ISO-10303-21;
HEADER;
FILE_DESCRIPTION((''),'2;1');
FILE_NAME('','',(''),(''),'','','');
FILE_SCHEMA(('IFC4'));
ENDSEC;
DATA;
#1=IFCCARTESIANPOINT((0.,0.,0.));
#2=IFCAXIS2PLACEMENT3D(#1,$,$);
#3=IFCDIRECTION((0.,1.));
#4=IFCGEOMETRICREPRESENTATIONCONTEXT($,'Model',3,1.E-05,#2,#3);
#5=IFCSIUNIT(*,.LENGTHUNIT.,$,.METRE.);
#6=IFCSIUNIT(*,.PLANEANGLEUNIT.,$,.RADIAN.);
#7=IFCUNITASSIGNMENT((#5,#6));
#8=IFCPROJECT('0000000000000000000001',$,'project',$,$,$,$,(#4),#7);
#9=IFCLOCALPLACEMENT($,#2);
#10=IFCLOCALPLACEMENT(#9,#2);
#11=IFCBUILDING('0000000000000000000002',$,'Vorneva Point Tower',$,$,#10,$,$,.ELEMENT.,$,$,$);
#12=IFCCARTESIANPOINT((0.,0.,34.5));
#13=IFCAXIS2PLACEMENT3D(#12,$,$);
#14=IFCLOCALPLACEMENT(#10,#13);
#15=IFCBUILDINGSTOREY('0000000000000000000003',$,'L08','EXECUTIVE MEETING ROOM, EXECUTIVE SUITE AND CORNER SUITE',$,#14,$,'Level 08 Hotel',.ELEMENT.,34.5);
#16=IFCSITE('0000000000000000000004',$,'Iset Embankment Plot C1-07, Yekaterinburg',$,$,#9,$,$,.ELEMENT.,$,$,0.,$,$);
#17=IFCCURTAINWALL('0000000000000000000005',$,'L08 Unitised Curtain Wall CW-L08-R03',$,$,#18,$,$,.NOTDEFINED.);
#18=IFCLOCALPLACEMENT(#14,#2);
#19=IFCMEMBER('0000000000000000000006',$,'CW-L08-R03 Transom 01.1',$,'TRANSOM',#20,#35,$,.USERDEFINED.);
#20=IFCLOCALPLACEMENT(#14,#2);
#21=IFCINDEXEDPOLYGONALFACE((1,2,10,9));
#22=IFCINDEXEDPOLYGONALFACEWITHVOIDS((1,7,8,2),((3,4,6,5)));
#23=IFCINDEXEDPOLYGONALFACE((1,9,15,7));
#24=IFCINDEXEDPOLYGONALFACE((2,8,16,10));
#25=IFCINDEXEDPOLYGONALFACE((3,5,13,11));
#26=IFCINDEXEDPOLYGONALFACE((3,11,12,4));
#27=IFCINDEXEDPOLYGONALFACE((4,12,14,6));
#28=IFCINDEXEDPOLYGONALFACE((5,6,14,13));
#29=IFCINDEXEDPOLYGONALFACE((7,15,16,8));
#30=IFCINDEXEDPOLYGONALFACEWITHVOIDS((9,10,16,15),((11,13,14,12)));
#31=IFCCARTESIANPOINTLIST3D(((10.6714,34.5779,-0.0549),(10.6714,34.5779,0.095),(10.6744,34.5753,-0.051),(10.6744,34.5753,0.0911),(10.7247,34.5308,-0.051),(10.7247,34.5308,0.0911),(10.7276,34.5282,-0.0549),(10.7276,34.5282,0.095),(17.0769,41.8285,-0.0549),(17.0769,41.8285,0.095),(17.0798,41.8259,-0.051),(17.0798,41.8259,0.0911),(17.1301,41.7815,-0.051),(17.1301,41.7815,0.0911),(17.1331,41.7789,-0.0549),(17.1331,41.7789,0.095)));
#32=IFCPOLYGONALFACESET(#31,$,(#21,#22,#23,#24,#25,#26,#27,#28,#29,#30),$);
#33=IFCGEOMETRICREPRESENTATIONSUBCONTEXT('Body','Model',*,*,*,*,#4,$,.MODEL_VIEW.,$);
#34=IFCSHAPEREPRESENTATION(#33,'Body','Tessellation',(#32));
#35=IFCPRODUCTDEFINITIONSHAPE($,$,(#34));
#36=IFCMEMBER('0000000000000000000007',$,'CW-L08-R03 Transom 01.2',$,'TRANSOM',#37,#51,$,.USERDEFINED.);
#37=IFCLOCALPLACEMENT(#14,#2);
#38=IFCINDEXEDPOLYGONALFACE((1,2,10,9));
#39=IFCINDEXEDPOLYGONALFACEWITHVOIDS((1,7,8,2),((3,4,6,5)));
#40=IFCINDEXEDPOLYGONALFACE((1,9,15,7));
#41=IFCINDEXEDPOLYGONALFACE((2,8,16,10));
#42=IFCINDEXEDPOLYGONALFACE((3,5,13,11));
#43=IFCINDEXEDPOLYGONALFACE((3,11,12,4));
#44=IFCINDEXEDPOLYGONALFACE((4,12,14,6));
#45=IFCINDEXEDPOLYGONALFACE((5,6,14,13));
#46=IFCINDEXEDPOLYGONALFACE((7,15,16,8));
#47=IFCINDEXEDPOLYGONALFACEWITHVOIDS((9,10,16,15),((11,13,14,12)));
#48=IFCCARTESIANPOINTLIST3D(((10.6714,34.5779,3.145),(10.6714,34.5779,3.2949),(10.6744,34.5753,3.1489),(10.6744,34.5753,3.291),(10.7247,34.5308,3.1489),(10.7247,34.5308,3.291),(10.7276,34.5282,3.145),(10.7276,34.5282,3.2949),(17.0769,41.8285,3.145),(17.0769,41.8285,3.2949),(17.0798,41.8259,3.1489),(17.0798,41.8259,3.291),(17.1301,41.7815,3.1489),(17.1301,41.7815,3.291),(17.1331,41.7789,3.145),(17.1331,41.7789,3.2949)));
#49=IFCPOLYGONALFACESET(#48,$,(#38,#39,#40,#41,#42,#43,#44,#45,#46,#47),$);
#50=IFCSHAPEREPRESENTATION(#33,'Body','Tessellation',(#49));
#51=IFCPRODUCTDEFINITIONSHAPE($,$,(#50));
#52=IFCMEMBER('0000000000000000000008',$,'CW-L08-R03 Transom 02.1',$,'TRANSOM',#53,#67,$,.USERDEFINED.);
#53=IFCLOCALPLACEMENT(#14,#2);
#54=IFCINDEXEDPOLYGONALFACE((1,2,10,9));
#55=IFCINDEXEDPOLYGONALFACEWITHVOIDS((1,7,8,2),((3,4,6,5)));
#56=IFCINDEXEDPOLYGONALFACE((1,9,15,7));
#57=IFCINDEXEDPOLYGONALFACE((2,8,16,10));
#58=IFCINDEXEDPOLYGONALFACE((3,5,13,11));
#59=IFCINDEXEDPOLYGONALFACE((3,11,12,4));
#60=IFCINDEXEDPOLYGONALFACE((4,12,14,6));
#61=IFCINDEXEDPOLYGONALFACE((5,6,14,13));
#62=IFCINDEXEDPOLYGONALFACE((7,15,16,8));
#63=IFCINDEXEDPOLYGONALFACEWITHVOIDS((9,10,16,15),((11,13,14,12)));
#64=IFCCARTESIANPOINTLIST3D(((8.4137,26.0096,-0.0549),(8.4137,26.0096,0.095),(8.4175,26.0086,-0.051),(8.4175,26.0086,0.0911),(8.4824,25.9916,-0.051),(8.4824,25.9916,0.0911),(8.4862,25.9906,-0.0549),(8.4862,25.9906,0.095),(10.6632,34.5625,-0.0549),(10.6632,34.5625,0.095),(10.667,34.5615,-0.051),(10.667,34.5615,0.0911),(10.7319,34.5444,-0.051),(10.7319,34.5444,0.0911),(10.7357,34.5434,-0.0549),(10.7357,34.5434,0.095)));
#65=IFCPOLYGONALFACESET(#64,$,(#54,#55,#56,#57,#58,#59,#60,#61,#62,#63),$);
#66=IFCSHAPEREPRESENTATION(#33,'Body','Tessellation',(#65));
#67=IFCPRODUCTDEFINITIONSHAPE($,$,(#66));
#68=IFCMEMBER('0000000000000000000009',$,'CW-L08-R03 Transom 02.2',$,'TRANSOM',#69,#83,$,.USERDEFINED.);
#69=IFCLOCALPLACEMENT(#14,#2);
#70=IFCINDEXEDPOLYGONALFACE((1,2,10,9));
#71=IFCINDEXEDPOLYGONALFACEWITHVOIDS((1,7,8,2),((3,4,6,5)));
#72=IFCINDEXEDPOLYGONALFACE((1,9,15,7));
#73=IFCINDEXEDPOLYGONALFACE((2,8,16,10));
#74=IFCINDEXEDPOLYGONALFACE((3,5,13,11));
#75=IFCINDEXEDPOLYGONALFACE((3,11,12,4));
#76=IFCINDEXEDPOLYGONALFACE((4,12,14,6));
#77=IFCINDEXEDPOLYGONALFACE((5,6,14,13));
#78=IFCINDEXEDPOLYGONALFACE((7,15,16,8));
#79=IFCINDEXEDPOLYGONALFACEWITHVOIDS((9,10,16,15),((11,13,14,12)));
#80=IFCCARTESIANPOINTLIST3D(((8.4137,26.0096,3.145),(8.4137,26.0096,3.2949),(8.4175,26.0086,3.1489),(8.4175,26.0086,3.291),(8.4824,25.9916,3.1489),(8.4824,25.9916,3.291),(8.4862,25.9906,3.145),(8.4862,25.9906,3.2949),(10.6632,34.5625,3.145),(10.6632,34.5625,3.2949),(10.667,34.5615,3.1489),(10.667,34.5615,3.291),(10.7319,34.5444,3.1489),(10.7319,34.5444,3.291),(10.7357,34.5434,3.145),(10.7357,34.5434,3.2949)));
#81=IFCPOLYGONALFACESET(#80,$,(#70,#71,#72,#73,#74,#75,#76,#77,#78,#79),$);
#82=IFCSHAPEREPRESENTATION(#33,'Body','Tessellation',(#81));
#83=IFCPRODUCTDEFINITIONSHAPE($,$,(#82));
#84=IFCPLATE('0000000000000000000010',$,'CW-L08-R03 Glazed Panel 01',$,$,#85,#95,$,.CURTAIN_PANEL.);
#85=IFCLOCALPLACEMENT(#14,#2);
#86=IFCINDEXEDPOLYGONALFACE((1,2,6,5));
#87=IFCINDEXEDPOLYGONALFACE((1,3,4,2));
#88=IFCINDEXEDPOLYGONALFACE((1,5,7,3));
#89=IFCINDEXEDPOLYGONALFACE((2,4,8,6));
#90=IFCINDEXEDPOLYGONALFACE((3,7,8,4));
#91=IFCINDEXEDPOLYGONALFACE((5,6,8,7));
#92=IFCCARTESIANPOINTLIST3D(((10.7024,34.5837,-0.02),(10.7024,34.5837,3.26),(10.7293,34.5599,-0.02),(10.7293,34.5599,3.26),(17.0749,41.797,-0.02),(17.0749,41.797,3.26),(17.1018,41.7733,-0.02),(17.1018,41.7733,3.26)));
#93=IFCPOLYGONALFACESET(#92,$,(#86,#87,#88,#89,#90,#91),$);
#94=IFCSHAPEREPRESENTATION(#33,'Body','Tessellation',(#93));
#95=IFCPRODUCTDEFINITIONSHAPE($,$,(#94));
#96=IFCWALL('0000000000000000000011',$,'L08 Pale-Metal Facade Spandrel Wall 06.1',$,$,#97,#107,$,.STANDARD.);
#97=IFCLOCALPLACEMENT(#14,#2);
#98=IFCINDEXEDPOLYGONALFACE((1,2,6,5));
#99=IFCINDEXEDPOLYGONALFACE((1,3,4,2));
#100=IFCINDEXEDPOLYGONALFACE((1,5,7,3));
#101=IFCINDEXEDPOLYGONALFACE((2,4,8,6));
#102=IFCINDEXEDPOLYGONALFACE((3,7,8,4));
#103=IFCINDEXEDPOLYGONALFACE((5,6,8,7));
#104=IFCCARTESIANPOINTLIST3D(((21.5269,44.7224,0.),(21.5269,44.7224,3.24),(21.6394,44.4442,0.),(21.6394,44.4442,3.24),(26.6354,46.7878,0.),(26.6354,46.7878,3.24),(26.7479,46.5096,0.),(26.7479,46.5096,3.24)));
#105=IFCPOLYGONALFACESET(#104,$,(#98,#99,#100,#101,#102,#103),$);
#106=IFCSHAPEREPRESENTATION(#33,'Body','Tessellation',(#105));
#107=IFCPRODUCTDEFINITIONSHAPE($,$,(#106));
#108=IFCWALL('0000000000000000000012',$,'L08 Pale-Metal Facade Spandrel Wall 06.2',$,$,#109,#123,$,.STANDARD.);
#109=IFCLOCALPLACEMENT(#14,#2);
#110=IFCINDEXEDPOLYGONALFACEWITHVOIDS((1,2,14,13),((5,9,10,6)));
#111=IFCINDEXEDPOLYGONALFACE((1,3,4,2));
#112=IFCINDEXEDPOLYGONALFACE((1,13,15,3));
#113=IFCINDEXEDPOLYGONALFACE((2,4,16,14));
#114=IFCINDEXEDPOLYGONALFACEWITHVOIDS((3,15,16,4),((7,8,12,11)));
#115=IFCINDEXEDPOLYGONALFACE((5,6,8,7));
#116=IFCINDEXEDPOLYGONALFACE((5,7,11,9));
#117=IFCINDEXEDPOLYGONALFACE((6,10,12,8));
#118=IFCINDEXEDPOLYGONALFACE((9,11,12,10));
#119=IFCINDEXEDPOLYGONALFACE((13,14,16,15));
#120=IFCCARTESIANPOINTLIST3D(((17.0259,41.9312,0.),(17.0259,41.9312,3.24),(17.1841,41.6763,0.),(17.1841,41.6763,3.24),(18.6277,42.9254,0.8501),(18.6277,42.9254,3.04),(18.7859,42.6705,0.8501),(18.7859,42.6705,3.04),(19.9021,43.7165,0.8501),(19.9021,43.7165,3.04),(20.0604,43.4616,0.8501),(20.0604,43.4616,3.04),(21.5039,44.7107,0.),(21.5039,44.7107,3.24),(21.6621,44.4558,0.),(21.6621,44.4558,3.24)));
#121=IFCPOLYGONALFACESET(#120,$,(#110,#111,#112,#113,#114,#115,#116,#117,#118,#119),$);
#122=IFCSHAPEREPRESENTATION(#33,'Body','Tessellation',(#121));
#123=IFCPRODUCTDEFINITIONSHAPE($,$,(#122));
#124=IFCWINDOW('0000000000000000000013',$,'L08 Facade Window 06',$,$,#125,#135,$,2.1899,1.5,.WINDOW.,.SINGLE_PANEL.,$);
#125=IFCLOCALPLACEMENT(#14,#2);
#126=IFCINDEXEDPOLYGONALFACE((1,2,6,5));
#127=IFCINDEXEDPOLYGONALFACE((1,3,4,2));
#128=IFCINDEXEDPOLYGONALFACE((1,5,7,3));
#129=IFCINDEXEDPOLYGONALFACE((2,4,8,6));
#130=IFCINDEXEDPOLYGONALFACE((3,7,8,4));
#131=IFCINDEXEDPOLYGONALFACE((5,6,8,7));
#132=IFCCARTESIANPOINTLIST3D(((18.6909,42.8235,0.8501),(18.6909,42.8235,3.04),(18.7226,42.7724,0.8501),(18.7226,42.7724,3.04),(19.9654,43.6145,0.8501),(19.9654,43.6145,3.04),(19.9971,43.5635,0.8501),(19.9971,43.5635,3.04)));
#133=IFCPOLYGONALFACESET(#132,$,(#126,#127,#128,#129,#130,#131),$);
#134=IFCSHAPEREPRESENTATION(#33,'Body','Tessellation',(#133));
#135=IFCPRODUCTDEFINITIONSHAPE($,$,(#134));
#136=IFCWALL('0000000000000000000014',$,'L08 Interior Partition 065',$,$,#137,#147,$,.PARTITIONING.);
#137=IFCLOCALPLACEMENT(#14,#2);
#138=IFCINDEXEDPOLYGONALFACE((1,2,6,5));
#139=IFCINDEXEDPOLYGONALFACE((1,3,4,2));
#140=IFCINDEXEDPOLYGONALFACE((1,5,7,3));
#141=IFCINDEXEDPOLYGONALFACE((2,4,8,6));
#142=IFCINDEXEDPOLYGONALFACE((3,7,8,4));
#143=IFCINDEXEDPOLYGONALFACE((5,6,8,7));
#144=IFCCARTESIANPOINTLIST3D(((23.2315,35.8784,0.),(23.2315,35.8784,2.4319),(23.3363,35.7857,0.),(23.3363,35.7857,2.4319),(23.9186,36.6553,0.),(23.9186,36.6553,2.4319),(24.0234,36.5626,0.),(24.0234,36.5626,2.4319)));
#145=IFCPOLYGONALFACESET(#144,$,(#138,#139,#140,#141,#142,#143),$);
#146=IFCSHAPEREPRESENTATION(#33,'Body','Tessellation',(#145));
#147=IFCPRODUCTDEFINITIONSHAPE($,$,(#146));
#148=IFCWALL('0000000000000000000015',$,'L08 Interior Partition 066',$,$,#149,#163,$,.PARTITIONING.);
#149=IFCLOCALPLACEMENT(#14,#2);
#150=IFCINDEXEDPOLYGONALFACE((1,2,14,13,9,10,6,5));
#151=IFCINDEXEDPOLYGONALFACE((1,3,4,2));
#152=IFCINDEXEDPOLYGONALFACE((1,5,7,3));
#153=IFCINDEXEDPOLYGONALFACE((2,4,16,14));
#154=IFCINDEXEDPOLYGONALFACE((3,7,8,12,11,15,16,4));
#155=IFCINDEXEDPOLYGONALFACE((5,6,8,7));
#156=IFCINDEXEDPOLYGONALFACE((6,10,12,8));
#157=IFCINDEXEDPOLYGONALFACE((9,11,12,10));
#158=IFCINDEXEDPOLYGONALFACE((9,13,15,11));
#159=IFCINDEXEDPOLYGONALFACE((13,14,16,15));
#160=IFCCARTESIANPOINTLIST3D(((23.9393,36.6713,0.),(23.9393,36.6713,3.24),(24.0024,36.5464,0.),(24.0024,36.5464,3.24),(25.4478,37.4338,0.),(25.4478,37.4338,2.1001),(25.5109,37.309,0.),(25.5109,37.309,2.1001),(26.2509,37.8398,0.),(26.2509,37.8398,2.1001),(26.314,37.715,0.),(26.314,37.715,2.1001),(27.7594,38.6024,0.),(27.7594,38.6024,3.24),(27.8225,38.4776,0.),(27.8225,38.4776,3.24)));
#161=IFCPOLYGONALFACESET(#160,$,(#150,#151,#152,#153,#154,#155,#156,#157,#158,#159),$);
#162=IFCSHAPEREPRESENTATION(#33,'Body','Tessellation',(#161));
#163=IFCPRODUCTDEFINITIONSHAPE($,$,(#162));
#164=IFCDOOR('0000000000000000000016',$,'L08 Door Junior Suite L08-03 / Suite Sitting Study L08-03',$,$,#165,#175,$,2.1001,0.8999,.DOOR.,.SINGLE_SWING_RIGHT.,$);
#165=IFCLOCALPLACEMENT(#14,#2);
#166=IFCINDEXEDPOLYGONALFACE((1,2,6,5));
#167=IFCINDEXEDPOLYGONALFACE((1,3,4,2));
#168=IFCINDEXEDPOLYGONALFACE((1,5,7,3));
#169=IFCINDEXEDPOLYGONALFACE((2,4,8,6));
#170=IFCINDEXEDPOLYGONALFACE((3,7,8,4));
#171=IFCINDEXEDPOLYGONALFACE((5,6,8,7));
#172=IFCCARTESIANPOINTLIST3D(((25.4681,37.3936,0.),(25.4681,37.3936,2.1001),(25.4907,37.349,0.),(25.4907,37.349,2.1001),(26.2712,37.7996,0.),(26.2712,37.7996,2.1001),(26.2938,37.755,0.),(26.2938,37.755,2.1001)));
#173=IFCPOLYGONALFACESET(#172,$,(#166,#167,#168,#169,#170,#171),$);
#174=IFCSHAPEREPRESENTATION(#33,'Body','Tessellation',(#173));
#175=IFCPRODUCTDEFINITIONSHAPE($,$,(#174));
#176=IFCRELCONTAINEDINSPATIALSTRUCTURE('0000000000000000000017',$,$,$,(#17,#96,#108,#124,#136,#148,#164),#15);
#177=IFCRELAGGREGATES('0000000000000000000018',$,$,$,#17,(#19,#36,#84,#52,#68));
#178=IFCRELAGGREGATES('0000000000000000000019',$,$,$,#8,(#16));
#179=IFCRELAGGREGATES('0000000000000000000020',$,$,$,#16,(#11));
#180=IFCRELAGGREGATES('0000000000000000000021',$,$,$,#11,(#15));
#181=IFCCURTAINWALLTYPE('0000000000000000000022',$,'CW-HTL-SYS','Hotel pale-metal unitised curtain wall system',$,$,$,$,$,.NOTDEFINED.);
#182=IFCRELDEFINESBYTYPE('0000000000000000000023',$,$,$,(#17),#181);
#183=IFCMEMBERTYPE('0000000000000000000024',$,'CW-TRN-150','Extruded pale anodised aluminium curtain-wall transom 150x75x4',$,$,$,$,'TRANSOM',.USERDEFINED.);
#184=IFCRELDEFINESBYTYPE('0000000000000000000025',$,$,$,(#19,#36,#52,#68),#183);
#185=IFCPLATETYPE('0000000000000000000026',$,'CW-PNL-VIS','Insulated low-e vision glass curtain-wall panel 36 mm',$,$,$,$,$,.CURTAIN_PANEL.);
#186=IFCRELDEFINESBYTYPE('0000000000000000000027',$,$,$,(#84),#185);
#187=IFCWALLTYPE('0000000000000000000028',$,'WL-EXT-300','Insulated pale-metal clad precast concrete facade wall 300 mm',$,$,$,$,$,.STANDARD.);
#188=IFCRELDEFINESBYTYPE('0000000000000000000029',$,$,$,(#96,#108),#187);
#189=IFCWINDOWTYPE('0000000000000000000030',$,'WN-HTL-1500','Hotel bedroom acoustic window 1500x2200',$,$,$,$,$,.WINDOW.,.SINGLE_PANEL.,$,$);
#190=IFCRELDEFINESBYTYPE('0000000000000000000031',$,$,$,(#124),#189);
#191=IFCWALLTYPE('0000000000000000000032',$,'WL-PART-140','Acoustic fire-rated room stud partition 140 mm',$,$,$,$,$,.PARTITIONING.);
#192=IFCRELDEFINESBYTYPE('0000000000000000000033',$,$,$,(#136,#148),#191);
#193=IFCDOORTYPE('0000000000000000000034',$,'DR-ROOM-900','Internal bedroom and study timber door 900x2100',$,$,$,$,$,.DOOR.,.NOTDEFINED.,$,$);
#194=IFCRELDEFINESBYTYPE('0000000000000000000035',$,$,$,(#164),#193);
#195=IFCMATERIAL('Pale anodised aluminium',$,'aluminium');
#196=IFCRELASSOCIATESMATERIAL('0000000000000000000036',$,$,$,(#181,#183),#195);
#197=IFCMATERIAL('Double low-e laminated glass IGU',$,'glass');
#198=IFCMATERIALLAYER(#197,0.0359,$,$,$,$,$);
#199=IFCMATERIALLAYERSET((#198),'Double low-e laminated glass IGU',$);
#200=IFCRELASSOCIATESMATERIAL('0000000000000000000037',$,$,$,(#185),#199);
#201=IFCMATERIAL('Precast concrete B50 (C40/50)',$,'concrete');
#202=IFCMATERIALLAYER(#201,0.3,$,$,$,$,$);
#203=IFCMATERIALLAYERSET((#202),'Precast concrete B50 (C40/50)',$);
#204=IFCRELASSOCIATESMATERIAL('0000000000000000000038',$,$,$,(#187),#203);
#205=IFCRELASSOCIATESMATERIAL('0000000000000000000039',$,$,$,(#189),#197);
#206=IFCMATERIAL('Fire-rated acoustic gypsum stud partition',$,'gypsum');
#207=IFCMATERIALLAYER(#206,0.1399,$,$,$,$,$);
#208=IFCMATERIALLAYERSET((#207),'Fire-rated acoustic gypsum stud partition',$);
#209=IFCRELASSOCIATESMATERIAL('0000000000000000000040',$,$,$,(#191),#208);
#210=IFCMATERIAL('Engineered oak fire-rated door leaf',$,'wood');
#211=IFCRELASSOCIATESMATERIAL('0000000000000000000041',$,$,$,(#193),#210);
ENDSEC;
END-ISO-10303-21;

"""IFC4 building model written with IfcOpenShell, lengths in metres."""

from ifc_helpers import new_model, si_unit, direction, frame, frame_2d, origin, origin_2d, place, context, subcontext, project, spatial, rectangle, hollow_rectangle, extrude, material, layer, layer_set, material_profile, profile_set, type_object, element, fill, aggregate, save


model = new_model("IFC4")

# Units and contexts
model_context = context("Model", 3, precision=1e-05, world=origin(), true_north=direction((0.0, 1.0)))
body_context = subcontext(model_context, "Body", "Model", "MODEL_VIEW")
ifc_project = project(units=[si_unit("LENGTHUNIT", "METRE"), si_unit("PLANEANGLEUNIT", "RADIAN")], contexts=[model_context])

# Site, building, storey
site_placement = place(None, origin())
site = spatial("IfcSite", under=ifc_project, at=site_placement, Name="Iset Embankment Plot C1-07, Yekaterinburg", CompositionType="ELEMENT", RefElevation=0.0)
building_placement = place(site_placement, origin())
building = spatial("IfcBuilding", under=site, at=building_placement, Name="Vorneva Point Tower", CompositionType="ELEMENT")
storey_placement = place(building_placement, frame((0.0, 0.0, 34.5)))
storey = spatial("IfcBuildingStorey", under=building, at=storey_placement, Name="L08", Description="EXECUTIVE MEETING ROOM, EXECUTIVE SUITE AND CORNER SUITE", LongName="Level 08 Hotel", CompositionType="ELEMENT", Elevation=34.5)

# Shared definitions
ifc_material_1 = material(Name="Pale anodised aluminium", Category="aluminium")
curtain_wall_type = type_object("IfcCurtainWallType", Name="CW-HTL-SYS", Description="Hotel pale-metal unitised curtain wall system", PredefinedType="NOTDEFINED", material=ifc_material_1)

# Curtain wall, members, plate
curtain_wall_1_placement = place(storey_placement, origin())
curtain_wall_1 = element("IfcCurtainWall", 1, at=curtain_wall_1_placement, inside=storey, type_object=curtain_wall_type, Name="L08 Unitised Curtain Wall CW-L08-R03", PredefinedType="NOTDEFINED")
ifc_material_profile_1 = material_profile(ifc_material_1, hollow_rectangle(XDim=0.075, YDim=0.1499, WallThickness=0.0039, at=origin_2d()), Name="AL-TRN 150x75x4")
ifc_profile_set_1 = profile_set([ifc_material_profile_1], Name="Pale anodised aluminium")
member_type_1 = type_object("IfcMemberType", Name="CW-TRN-150", Description="Extruded pale anodised aluminium curtain-wall transom 150x75x4", ElementType="TRANSOM", PredefinedType="USERDEFINED", material=ifc_profile_set_1)
member_1_placement = place(storey_placement, frame((17.105, 41.8037, 0.02), z_axis=(-0.662076, -0.749437, 0.0), x_axis=(0.749437, -0.662076, 0.0)))
member_1 = element("IfcMember", 2, at=member_1_placement, type_object=member_type_1, Name="CW-L08-R03 Transom 01.1", ObjectType="TRANSOM", PredefinedType="USERDEFINED", context=body_context, shape_type="SweptSolid", body=[
    extrude(hollow_rectangle(XDim=0.075, YDim=0.1499, WallThickness=0.0039, at=origin_2d()), origin(), (0.0, 0.0, 1.0), 9.6748),
])
member_2_placement = place(storey_placement, frame((17.105, 41.8037, 3.22), z_axis=(-0.662076, -0.749437, 0.0), x_axis=(0.749437, -0.662076, 0.0)))
member_2 = element("IfcMember", 3, at=member_2_placement, type_object=member_type_1, Name="CW-L08-R03 Transom 01.2", ObjectType="TRANSOM", PredefinedType="USERDEFINED", context=body_context, shape_type="SweptSolid", body=[
    extrude(hollow_rectangle(XDim=0.075, YDim=0.1499, WallThickness=0.0039, at=origin_2d()), origin(), (0.0, 0.0, 1.0), 9.6748),
])
member_3_placement = place(storey_placement, frame((10.6995, 34.553, 0.02), z_axis=(-0.254359, -0.96711, 0.0), x_axis=(0.96711, -0.254359, 0.0)))
member_3 = element("IfcMember", 4, at=member_3_placement, type_object=member_type_1, Name="CW-L08-R03 Transom 02.1", ObjectType="TRANSOM", PredefinedType="USERDEFINED", context=body_context, shape_type="SweptSolid", body=[
    extrude(hollow_rectangle(XDim=0.075, YDim=0.1499, WallThickness=0.0039, at=origin_2d()), origin(), (0.0, 0.0, 1.0), 8.8438),
])
member_4_placement = place(storey_placement, frame((10.6995, 34.553, 3.22), z_axis=(-0.254359, -0.96711, 0.0), x_axis=(0.96711, -0.254359, 0.0)))
member_4 = element("IfcMember", 5, at=member_4_placement, type_object=member_type_1, Name="CW-L08-R03 Transom 02.2", ObjectType="TRANSOM", PredefinedType="USERDEFINED", context=body_context, shape_type="SweptSolid", body=[
    extrude(hollow_rectangle(XDim=0.075, YDim=0.1499, WallThickness=0.0039, at=origin_2d()), origin(), (0.0, 0.0, 1.0), 8.8438),
])
ifc_material_2 = material(Name="Double low-e laminated glass IGU", Category="glass")
ifc_layer_1 = layer(ifc_material_2, 0.0359)
ifc_layer_set_1 = layer_set([ifc_layer_1], Name="Double low-e laminated glass IGU")
plate_type = type_object("IfcPlateType", Name="CW-PNL-VIS", Description="Insulated low-e vision glass curtain-wall panel 36 mm", PredefinedType="CURTAIN_PANEL", material=ifc_layer_set_1)
plate_placement = place(storey_placement, frame((13.9021, 38.1785, -0.02), z_axis=(0.0, 0.0, 1.0), x_axis=(-0.662071, -0.749441, 0.0)))
plate = element("IfcPlate", 6, at=plate_placement, type_object=plate_type, Name="CW-L08-R03 Glazed Panel 01", PredefinedType="CURTAIN_PANEL", context=body_context, shape_type="SweptSolid", body=[
    extrude(rectangle(XDim=9.625, YDim=0.0359, at=origin_2d()), origin(), (0.0, 0.0, 1.0), 3.28),
])
aggregate(curtain_wall_1, [member_1, member_2, plate, member_3, member_4])

# Wall
ifc_material_3 = material(Name="Precast concrete B50 (C40/50)", Category="concrete")
ifc_layer_2 = layer(ifc_material_3, 0.3)
ifc_layer_set_2 = layer_set([ifc_layer_2], Name="Precast concrete B50 (C40/50)")
wall_type_1 = type_object("IfcWallType", Name="WL-EXT-300", Description="Insulated pale-metal clad precast concrete facade wall 300 mm", PredefinedType="STANDARD", material=ifc_layer_set_2)
wall_1_placement = place(storey_placement, frame((26.6917, 46.6487, 0.0), z_axis=(0.0, 0.0, 1.0), x_axis=(-0.927095, -0.374826, 0.0)))
element("IfcWall", 7, at=wall_1_placement, inside=storey, type_object=wall_type_1, Name="L08 Pale-Metal Facade Spandrel Wall 06.1", PredefinedType="STANDARD", context=body_context, shape_type="SweptSolid", body=[
    extrude(rectangle(XDim=5.5103, YDim=0.3, at=frame_2d((2.7551, 0.0))), origin(), (0.0, 0.0, 1.0), 3.24),
])

# Wall, opening, window
wall_2_placement = place(storey_placement, frame((21.583, 44.5833, 0.0), z_axis=(0.0, 0.0, 1.0), x_axis=(-0.849634, -0.527373, 0.0)))
wall_2 = element("IfcWall", 8, at=wall_2_placement, inside=storey, type_object=wall_type_1, Name="L08 Pale-Metal Facade Spandrel Wall 06.2", PredefinedType="STANDARD", context=body_context, shape_type="SweptSolid", body=[
    extrude(rectangle(XDim=5.2705, YDim=0.3, at=frame_2d((2.6353, 0.0))), origin(), (0.0, 0.0, 1.0), 3.24),
])
opening_1_placement = place(wall_2_placement, frame((1.8853, 0.0, 0.8501)))
opening_1 = element("IfcOpeningElement", 9, at=opening_1_placement, cuts=wall_2, PredefinedType="OPENING", context=body_context, shape_type="SweptSolid", body=[
    extrude(rectangle(XDim=1.5, YDim=2.1899, at=frame_2d((0.75, 1.095))), frame((0.0, 0.165, 0.0), z_axis=(0.0, -1.0, 0.0), x_axis=(1.0, 0.0, 0.0)), (0.0, 0.0, 1.0), 0.3298),
])
window_type = type_object("IfcWindowType", Name="WN-HTL-1500", Description="Hotel bedroom acoustic window 1500x2200", PartitioningType="SINGLE_PANEL", PredefinedType="WINDOW", material=ifc_material_2)
window_placement = place(opening_1_placement, origin())
window = element("IfcWindow", 10, at=window_placement, inside=storey, type_object=window_type, Name="L08 Facade Window 06", OverallHeight=2.1899, OverallWidth=1.5, PartitioningType="SINGLE_PANEL", PredefinedType="WINDOW", context=body_context, shape_type="SweptSolid", body=[
    extrude(rectangle(XDim=1.5, YDim=2.1899, at=frame_2d((0.75, 1.095))), frame((0.0, 0.03, 0.0), z_axis=(0.0, -1.0, 0.0), x_axis=(1.0, 0.0, 0.0)), (0.0, 0.0, 1.0), 0.0601),
])
fill(opening_1, window)

# Wall
ifc_material_4 = material(Name="Fire-rated acoustic gypsum stud partition", Category="gypsum")
ifc_layer_3 = layer(ifc_material_4, 0.1399)
ifc_layer_set_3 = layer_set([ifc_layer_3], Name="Fire-rated acoustic gypsum stud partition")
wall_type_2 = type_object("IfcWallType", Name="WL-PART-140", Description="Acoustic fire-rated room stud partition 140 mm", PredefinedType="PARTITIONING", material=ifc_layer_set_3)
wall_3_placement = place(storey_placement, frame((23.2839, 35.832, 0.0), z_axis=(0.0, 0.0, 1.0), x_axis=(0.662462, 0.749095, 0.0)))
element("IfcWall", 11, at=wall_3_placement, inside=storey, type_object=wall_type_2, Name="L08 Interior Partition 065", PredefinedType="PARTITIONING", context=body_context, shape_type="SweptSolid", body=[
    extrude(rectangle(XDim=1.0371, YDim=0.1399, at=frame_2d((0.5186, 0.0))), origin(), (0.0, 0.0, 1.0), 2.4319),
])

# Wall, opening, door
wall_4_placement = place(storey_placement, frame((23.9709, 36.6089, 0.0), z_axis=(0.0, 0.0, 1.0), x_axis=(0.892445, 0.451156, 0.0)))
wall_4 = element("IfcWall", 12, at=wall_4_placement, inside=storey, type_object=wall_type_2, Name="L08 Interior Partition 066", PredefinedType="PARTITIONING", context=body_context, shape_type="SweptSolid", body=[
    extrude(rectangle(XDim=4.2805, YDim=0.1399, at=frame_2d((2.1401, 0.0))), origin(), (0.0, 0.0, 1.0), 3.24),
])
opening_2_placement = place(wall_4_placement, frame((1.6902, 0.0, 0.0)))
opening_2 = element("IfcOpeningElement", 13, at=opening_2_placement, cuts=wall_4, PredefinedType="OPENING", context=body_context, shape_type="SweptSolid", body=[
    extrude(rectangle(XDim=0.8999, YDim=2.1001, at=frame_2d((0.45, 1.05))), frame((0.0, 0.085, 0.0), z_axis=(0.0, -1.0, 0.0), x_axis=(1.0, 0.0, 0.0)), (0.0, 0.0, 1.0), 0.1697),
])
ifc_material_5 = material(Name="Engineered oak fire-rated door leaf", Category="wood")
door_type = type_object("IfcDoorType", Name="DR-ROOM-900", Description="Internal bedroom and study timber door 900x2100", OperationType="NOTDEFINED", PredefinedType="DOOR", material=ifc_material_5)
door_placement = place(opening_2_placement, origin())
door = element("IfcDoor", 14, at=door_placement, inside=storey, type_object=door_type, Name="L08 Door Junior Suite L08-03 / Suite Sitting Study L08-03", OperationType="SINGLE_SWING_RIGHT", OverallHeight=2.1001, OverallWidth=0.8999, PredefinedType="DOOR", context=body_context, shape_type="SweptSolid", body=[
    extrude(rectangle(XDim=0.8999, YDim=2.1001, at=frame_2d((0.45, 1.05))), frame((0.0, 0.0249, 0.0), z_axis=(0.0, -1.0, 0.0), x_axis=(1.0, 0.0, 0.0)), (0.0, 0.0, 1.0), 0.05),
])
fill(opening_2, door)

save(model, "model.ifc")
